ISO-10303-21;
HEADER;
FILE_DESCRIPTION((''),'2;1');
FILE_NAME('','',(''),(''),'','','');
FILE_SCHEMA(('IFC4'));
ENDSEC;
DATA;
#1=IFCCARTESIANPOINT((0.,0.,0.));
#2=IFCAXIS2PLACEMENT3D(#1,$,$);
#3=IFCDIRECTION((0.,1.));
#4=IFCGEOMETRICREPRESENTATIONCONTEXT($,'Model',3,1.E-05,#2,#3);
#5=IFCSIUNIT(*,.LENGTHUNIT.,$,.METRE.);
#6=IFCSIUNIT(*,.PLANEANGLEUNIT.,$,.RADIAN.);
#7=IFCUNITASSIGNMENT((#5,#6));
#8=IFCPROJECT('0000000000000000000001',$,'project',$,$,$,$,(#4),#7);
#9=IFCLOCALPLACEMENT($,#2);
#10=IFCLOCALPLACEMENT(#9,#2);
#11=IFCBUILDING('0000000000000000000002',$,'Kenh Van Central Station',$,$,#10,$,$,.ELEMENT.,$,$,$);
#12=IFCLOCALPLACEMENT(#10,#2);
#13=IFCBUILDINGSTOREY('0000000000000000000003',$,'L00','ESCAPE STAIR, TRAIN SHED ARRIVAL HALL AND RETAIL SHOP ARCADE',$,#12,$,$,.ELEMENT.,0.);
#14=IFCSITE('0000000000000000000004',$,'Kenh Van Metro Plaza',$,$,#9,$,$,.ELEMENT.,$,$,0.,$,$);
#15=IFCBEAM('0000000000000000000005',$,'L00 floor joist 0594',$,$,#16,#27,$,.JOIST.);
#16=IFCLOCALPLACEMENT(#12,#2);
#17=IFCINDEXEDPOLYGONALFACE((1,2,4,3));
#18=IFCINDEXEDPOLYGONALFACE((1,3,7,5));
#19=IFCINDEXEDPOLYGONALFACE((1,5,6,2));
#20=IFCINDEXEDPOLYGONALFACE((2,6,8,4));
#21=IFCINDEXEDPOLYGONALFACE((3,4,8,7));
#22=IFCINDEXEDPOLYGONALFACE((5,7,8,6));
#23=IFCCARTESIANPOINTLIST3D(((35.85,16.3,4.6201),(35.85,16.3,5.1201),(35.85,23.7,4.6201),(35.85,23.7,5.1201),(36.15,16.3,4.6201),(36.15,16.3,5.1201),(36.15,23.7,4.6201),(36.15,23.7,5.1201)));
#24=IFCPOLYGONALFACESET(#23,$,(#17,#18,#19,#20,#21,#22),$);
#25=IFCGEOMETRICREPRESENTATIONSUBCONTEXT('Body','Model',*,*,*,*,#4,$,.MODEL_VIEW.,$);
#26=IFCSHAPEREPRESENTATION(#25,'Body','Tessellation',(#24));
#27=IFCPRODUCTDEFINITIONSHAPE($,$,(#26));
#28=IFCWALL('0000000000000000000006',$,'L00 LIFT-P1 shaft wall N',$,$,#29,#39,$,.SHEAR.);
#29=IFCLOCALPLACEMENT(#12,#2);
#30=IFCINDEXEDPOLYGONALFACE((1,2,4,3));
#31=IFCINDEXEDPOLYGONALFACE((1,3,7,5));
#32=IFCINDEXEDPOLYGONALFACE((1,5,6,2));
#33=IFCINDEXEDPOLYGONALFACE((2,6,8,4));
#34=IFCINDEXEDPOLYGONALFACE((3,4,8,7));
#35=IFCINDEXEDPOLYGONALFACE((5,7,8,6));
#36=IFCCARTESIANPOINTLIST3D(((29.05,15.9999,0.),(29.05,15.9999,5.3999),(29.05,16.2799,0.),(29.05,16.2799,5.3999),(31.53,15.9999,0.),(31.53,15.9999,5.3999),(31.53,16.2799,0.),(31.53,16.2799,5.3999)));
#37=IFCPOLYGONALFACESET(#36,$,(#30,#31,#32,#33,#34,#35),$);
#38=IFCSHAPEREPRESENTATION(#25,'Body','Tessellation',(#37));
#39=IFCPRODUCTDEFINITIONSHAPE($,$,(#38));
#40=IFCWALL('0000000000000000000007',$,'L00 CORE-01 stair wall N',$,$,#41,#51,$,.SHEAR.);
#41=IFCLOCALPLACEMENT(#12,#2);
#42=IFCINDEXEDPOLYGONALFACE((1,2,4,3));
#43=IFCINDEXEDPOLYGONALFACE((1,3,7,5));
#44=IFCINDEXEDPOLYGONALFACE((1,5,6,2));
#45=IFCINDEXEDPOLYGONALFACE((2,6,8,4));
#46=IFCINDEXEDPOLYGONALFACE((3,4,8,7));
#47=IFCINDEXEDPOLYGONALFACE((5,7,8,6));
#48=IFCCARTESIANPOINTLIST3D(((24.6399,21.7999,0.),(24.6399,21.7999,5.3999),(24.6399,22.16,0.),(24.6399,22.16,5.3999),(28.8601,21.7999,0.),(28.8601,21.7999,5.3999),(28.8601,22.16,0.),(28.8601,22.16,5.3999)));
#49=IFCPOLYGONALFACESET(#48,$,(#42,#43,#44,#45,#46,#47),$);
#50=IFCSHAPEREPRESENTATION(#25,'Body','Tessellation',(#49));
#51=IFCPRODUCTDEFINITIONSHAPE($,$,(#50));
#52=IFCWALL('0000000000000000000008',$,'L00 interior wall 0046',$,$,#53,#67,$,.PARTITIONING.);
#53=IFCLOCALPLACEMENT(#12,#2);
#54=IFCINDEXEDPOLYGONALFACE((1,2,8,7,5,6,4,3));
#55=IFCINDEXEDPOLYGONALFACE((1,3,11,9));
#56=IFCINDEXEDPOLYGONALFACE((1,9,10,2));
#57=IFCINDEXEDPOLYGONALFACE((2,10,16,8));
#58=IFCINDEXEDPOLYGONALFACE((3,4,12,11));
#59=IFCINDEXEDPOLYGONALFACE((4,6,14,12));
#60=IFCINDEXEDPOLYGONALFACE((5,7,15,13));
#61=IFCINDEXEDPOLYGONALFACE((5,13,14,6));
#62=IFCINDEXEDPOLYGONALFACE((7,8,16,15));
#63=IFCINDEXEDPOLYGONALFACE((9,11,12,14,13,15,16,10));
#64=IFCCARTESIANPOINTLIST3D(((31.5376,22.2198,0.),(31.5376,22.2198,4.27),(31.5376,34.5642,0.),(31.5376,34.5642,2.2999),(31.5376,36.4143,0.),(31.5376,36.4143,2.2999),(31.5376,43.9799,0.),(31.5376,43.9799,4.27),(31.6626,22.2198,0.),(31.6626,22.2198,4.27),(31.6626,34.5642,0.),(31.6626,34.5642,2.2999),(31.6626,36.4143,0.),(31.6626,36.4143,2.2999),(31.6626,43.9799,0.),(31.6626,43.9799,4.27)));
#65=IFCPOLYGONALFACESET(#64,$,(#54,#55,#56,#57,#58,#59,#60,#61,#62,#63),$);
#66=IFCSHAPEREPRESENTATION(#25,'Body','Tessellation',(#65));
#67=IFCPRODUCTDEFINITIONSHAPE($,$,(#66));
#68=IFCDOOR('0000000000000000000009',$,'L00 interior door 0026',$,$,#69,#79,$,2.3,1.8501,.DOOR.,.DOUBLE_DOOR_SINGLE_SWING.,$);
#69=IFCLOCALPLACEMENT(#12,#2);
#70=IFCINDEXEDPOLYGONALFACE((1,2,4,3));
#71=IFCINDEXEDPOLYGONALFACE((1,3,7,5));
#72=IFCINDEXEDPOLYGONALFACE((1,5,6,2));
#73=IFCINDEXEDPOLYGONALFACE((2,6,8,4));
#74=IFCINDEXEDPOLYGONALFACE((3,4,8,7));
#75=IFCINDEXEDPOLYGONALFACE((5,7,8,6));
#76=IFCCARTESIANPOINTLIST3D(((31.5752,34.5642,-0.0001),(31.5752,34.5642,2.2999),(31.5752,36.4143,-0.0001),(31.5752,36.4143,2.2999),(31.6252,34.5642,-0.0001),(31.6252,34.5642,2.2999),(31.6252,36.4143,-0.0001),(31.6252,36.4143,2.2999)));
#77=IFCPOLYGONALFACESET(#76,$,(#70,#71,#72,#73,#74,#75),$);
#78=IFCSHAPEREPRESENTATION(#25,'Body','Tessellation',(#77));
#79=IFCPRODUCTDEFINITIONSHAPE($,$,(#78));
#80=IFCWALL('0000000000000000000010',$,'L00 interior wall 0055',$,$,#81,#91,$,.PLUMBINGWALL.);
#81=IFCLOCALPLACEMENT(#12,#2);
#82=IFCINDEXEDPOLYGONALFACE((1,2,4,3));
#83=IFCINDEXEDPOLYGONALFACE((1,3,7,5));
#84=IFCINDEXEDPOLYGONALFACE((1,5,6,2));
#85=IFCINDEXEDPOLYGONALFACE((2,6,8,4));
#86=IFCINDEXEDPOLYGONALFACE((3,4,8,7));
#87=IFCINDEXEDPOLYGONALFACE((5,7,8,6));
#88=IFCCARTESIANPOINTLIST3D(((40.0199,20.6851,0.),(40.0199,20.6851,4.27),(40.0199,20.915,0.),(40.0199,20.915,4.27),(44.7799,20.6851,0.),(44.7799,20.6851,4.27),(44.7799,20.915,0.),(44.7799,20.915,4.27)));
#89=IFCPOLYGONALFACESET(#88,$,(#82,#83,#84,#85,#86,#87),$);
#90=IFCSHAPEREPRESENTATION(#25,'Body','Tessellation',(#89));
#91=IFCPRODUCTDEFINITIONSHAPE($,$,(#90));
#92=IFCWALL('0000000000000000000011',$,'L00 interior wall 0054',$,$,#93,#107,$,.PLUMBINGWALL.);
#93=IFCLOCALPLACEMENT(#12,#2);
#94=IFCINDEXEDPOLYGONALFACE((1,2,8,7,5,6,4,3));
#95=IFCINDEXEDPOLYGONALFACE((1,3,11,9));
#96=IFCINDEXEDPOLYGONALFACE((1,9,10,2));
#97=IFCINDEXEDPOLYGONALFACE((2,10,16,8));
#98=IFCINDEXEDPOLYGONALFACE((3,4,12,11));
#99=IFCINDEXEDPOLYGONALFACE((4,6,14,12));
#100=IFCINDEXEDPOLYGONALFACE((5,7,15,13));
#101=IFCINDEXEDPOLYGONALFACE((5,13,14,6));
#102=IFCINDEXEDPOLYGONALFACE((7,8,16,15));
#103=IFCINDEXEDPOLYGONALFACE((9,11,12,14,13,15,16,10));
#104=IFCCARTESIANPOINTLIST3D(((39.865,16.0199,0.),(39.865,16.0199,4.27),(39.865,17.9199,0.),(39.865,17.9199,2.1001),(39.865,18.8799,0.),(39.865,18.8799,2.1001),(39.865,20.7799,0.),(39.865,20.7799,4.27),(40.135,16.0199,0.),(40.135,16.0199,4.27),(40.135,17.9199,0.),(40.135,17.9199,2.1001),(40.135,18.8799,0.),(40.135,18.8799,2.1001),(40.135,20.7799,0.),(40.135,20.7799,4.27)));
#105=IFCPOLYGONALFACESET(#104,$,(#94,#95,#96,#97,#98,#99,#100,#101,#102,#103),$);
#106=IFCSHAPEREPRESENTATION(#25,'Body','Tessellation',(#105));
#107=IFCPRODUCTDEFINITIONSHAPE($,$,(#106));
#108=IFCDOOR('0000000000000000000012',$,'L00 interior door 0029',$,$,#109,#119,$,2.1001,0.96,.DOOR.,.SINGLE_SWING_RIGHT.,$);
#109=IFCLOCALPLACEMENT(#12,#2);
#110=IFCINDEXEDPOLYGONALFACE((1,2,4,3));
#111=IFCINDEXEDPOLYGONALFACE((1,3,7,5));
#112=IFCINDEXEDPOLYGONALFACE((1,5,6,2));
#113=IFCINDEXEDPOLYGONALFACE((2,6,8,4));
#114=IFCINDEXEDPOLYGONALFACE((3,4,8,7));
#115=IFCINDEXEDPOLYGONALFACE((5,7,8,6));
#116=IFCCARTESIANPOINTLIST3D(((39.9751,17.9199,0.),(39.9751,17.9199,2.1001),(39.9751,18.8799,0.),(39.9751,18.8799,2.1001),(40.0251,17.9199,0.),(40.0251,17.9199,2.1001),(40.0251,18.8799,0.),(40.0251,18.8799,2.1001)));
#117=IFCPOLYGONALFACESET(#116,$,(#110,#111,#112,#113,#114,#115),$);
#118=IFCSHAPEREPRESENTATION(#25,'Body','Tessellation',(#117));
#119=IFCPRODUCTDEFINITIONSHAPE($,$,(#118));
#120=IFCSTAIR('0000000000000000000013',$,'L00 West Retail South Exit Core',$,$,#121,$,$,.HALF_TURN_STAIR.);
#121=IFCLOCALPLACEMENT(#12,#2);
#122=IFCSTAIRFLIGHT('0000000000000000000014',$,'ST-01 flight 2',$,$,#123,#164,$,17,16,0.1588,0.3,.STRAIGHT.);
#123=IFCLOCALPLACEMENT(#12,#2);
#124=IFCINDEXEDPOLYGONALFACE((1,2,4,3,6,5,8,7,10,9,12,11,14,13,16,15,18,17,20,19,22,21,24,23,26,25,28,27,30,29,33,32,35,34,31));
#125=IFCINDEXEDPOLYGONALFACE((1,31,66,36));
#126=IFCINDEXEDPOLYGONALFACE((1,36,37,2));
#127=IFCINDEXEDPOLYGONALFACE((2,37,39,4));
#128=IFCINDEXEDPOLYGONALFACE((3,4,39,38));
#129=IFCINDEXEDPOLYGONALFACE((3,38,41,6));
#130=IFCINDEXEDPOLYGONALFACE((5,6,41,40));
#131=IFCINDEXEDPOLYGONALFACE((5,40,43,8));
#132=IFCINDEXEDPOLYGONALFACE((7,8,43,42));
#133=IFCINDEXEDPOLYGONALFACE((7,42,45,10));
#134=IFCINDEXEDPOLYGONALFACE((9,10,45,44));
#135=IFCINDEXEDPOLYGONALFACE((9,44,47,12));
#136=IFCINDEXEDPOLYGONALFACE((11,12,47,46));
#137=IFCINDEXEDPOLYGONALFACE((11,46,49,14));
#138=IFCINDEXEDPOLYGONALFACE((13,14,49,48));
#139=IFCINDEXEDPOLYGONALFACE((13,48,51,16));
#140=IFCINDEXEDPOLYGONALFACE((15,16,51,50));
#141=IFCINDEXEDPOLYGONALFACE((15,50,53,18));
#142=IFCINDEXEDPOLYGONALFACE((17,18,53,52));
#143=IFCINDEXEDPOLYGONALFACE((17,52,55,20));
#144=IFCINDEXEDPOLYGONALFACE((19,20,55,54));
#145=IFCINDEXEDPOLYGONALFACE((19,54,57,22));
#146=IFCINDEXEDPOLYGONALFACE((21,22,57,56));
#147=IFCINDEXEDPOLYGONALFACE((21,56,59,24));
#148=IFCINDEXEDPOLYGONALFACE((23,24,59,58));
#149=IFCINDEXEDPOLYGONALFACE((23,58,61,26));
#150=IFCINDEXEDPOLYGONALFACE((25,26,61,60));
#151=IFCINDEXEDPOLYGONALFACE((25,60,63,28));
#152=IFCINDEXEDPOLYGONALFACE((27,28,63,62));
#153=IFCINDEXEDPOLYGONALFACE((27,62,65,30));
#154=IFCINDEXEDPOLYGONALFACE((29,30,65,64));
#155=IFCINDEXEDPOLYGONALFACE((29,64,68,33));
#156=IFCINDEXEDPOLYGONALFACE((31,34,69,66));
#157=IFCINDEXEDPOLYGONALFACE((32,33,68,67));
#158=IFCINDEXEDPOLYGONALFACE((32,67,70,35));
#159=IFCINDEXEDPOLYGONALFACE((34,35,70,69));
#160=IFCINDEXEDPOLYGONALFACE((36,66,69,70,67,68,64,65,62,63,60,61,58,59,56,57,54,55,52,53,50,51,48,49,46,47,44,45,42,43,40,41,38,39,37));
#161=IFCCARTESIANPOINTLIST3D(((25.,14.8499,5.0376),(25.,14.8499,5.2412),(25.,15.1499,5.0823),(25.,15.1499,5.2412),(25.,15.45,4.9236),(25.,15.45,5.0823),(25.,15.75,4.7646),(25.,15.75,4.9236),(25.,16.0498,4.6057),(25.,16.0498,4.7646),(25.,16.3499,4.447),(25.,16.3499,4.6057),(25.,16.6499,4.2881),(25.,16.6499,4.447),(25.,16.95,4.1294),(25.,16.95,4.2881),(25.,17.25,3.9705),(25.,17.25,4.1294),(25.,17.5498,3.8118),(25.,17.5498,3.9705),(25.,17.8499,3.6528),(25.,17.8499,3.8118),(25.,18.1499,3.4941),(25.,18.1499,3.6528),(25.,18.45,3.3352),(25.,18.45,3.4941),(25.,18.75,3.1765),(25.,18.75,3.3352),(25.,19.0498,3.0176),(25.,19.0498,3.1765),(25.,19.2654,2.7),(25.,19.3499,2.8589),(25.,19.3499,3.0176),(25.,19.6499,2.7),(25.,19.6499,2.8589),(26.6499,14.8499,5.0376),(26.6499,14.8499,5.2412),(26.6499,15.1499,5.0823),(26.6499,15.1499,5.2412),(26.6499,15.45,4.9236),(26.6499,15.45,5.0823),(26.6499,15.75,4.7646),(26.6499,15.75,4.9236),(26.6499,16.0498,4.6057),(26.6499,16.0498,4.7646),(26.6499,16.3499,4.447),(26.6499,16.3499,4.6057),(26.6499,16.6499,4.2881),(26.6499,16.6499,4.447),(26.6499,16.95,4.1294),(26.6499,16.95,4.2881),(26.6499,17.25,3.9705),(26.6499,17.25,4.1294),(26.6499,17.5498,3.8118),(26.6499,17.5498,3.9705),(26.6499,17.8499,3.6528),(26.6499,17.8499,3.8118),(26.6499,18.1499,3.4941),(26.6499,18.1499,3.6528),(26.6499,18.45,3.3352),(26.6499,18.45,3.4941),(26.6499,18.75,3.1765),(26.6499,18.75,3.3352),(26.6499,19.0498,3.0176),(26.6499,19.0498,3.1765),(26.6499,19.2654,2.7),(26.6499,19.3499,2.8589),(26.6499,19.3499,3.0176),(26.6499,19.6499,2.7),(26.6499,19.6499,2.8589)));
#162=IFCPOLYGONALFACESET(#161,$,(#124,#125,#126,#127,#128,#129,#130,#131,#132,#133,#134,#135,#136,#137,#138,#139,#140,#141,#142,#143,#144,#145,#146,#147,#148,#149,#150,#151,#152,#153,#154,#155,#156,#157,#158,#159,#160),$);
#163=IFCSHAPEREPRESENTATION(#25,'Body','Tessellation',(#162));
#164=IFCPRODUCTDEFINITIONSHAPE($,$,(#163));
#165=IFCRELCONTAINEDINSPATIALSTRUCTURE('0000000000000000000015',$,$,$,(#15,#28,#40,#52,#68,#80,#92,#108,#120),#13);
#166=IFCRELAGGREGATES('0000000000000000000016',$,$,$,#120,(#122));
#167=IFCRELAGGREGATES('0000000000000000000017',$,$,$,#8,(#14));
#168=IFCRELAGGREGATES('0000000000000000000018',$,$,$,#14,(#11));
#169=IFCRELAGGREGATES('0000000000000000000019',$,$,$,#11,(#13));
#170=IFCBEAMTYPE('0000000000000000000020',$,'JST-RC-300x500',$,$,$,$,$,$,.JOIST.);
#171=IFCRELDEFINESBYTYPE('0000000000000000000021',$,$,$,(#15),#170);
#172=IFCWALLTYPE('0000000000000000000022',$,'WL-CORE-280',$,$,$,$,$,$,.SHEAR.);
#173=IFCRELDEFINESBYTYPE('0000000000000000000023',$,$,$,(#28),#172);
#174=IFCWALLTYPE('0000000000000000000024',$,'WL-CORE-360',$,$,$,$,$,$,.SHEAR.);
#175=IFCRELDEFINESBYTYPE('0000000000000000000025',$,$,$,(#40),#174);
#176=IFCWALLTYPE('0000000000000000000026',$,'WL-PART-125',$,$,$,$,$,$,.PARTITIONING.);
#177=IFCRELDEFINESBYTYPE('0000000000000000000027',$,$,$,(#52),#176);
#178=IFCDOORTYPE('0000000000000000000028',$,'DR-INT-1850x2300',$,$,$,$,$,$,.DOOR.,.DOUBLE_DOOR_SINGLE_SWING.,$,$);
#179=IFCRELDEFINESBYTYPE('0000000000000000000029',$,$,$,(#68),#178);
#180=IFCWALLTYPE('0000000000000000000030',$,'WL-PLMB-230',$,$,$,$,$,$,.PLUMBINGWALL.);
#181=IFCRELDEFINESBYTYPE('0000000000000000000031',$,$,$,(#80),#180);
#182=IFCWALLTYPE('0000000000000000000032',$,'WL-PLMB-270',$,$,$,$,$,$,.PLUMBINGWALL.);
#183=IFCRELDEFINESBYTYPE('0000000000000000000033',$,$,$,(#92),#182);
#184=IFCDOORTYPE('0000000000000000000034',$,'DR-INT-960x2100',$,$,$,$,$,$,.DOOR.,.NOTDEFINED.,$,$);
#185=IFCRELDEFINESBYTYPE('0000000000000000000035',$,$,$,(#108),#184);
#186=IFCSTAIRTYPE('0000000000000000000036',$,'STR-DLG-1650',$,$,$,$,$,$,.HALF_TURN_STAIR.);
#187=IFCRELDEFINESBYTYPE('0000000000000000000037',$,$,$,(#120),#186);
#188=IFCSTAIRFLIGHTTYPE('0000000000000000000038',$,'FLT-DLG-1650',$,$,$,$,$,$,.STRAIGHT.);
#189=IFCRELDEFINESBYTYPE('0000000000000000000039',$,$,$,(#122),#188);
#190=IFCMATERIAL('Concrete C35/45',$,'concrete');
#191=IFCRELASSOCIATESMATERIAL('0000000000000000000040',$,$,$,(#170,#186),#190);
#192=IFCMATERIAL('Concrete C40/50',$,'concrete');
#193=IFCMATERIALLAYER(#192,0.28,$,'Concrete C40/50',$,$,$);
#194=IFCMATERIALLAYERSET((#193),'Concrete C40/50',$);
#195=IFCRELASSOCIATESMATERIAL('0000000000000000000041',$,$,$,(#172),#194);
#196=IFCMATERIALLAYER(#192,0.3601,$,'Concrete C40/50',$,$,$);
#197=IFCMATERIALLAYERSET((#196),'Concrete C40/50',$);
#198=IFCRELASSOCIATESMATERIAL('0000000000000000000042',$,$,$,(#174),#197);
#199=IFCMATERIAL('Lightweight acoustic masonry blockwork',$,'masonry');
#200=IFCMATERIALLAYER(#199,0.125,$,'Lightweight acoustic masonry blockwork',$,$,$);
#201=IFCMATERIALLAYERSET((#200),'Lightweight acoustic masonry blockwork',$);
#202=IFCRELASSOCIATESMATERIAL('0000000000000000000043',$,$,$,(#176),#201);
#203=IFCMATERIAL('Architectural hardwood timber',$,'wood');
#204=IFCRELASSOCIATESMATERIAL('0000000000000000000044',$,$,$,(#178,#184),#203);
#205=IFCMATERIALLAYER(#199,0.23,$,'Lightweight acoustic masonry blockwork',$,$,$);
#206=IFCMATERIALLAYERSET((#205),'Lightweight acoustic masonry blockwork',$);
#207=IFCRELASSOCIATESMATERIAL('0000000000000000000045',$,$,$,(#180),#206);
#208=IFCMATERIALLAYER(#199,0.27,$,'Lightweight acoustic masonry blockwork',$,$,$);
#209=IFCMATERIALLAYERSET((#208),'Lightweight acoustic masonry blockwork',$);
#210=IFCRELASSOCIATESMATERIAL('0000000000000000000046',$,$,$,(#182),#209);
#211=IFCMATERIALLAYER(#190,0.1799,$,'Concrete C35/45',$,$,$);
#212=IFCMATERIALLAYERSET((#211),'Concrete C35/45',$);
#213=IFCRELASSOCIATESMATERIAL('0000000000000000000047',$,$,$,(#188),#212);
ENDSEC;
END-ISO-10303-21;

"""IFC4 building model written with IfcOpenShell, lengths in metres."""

from ifc_helpers import new_model, si_unit, direction, frame, frame_2d, origin, origin_2d, place, context, subcontext, project, spatial, polyline, rectangle, outline, extrude, material, layer, layer_set, material_profile, profile_set, type_object, element, fill, aggregate, save


model = new_model("IFC4")

# Units and contexts
model_context = context("Model", 3, precision=1e-05, world=origin(), true_north=direction((0.0, 1.0)))
body_context = subcontext(model_context, "Body", "Model", "MODEL_VIEW")
ifc_project = project(units=[si_unit("LENGTHUNIT", "METRE"), si_unit("PLANEANGLEUNIT", "RADIAN")], contexts=[model_context])

# Site, building, storey
site_placement = place(None, origin())
site = spatial("IfcSite", under=ifc_project, at=site_placement, Name="Kenh Van Metro Plaza", CompositionType="ELEMENT", RefElevation=0.0)
building_placement = place(site_placement, origin())
building = spatial("IfcBuilding", under=site, at=building_placement, Name="Kenh Van Central Station", CompositionType="ELEMENT")
storey_placement = place(building_placement, origin())
storey = spatial("IfcBuildingStorey", under=building, at=storey_placement, Name="L00", Description="ESCAPE STAIR, TRAIN SHED ARRIVAL HALL AND RETAIL SHOP ARCADE", CompositionType="ELEMENT", Elevation=0.0)

# Shared definitions
ifc_material_1 = material(Name="Concrete C40/50", Category="concrete")

# Beam
ifc_material_2 = material(Name="Concrete C35/45", Category="concrete")
ifc_material_profile_1 = material_profile(ifc_material_2, rectangle(XDim=0.3, YDim=0.5, at=origin_2d()), Name="RC 300x500")
ifc_profile_set_1 = profile_set([ifc_material_profile_1], Name="Concrete C35/45")
beam_type_1 = type_object("IfcBeamType", Name="JST-RC-300x500", PredefinedType="JOIST", material=ifc_profile_set_1)
for number, where, z_axis, x_axis, name in (
    (1, (36.0, 16.3, 4.8701), (0.0, 1.0, 0.0), (-1.0, 0.0, 0.0), "L00 floor joist 0594"),
):
    element("IfcBeam", number, at=place(storey_placement, frame(where, z_axis=z_axis, x_axis=x_axis)), inside=storey, type_object=beam_type_1, Name=name, PredefinedType="JOIST", context=body_context, shape_type="SweptSolid", body=[
        extrude(rectangle(XDim=0.3, YDim=0.5, at=origin_2d()), origin(), (0.0, 0.0, 1.0), 7.3999),
    ])

# Walls
ifc_layer_1 = layer(ifc_material_1, 0.28, Name="Concrete C40/50")
ifc_layer_set_1 = layer_set([ifc_layer_1], Name="Concrete C40/50")
wall_type_1 = type_object("IfcWallType", Name="WL-CORE-280", PredefinedType="SHEAR", material=ifc_layer_set_1)
wall_1_placement = place(storey_placement, frame((29.05, 16.1399, 0.0), z_axis=(0.0, 0.0, 1.0), x_axis=(1.0, 0.0, 0.0)))
element("IfcWall", 2, at=wall_1_placement, inside=storey, type_object=wall_type_1, Name="L00 LIFT-P1 shaft wall N", PredefinedType="SHEAR", context=body_context, shape_type="SweptSolid", body=[
    extrude(rectangle(XDim=2.48, YDim=0.28, at=frame_2d((1.24, 0.0))), origin(), (0.0, 0.0, 1.0), 5.3999),
])
ifc_layer_2 = layer(ifc_material_1, 0.3601, Name="Concrete C40/50")
ifc_layer_set_2 = layer_set([ifc_layer_2], Name="Concrete C40/50")
wall_type_2 = type_object("IfcWallType", Name="WL-CORE-360", PredefinedType="SHEAR", material=ifc_layer_set_2)
wall_2_placement = place(storey_placement, frame((24.6399, 21.98, 0.0), z_axis=(0.0, 0.0, 1.0), x_axis=(1.0, 0.0, 0.0)))
element("IfcWall", 3, at=wall_2_placement, inside=storey, type_object=wall_type_2, Name="L00 CORE-01 stair wall N", PredefinedType="SHEAR", context=body_context, shape_type="SweptSolid", body=[
    extrude(rectangle(XDim=4.2202, YDim=0.3601, at=frame_2d((2.1101, 0.0))), origin(), (0.0, 0.0, 1.0), 5.3999),
])

# Wall, opening, door
ifc_material_3 = material(Name="Lightweight acoustic masonry blockwork", Category="masonry")
ifc_layer_3 = layer(ifc_material_3, 0.125, Name="Lightweight acoustic masonry blockwork")
ifc_layer_set_3 = layer_set([ifc_layer_3], Name="Lightweight acoustic masonry blockwork")
wall_type_3 = type_object("IfcWallType", Name="WL-PART-125", PredefinedType="PARTITIONING", material=ifc_layer_set_3)
wall_3_placement = place(storey_placement, frame((31.6001, 22.22, 0.0), z_axis=(0.0, 0.0, 1.0), x_axis=(0.0, 1.0, 0.0)))
wall_3 = element("IfcWall", 4, at=wall_3_placement, inside=storey, type_object=wall_type_3, Name="L00 interior wall 0046", PredefinedType="PARTITIONING", context=body_context, shape_type="SweptSolid", body=[
    extrude(rectangle(XDim=21.76, YDim=0.125, at=frame_2d((10.8799, 0.0))), origin(), (0.0, 0.0, 1.0), 4.27),
])
opening_1_placement = place(wall_3_placement, frame((12.3442, 0.0, 0.0)))
opening_1 = element("IfcOpeningElement", 5, at=opening_1_placement, cuts=wall_3, PredefinedType="OPENING", context=body_context, shape_type="SweptSolid", body=[
    extrude(rectangle(XDim=1.8501, YDim=2.3, at=frame_2d((0.925, 1.1499))), frame((0.0, 0.0725, 0.0), z_axis=(0.0, -1.0, 0.0), x_axis=(1.0, 0.0, 0.0)), (0.0, 0.0, 1.0), 0.145),
])
ifc_material_4 = material(Name="Architectural hardwood timber", Category="wood")
door_type_1 = type_object("IfcDoorType", Name="DR-INT-1850x2300", OperationType="DOUBLE_DOOR_SINGLE_SWING", PredefinedType="DOOR", material=ifc_material_4)
door_1_placement = place(opening_1_placement, origin())
door_1 = element("IfcDoor", 6, at=door_1_placement, inside=storey, type_object=door_type_1, Name="L00 interior door 0026", OperationType="DOUBLE_DOOR_SINGLE_SWING", OverallHeight=2.3, OverallWidth=1.8501, PredefinedType="DOOR", context=body_context, shape_type="SweptSolid", body=[
    extrude(rectangle(XDim=1.8501, YDim=2.3, at=frame_2d((0.925, 1.1499))), frame((0.0, 0.0249, 0.0), z_axis=(0.0, -1.0, 0.0), x_axis=(1.0, 0.0, 0.0)), (0.0, 0.0, 1.0), 0.05),
])
fill(opening_1, door_1)

# Wall
ifc_layer_4 = layer(ifc_material_3, 0.23, Name="Lightweight acoustic masonry blockwork")
ifc_layer_set_4 = layer_set([ifc_layer_4], Name="Lightweight acoustic masonry blockwork")
wall_type_4 = type_object("IfcWallType", Name="WL-PLMB-230", PredefinedType="PLUMBINGWALL", material=ifc_layer_set_4)
wall_4_placement = place(storey_placement, frame((40.02, 20.8, 0.0), z_axis=(0.0, 0.0, 1.0), x_axis=(1.0, 0.0, 0.0)))
element("IfcWall", 7, at=wall_4_placement, inside=storey, type_object=wall_type_4, Name="L00 interior wall 0055", PredefinedType="PLUMBINGWALL", context=body_context, shape_type="SweptSolid", body=[
    extrude(rectangle(XDim=4.76, YDim=0.23, at=frame_2d((2.3799, 0.0))), origin(), (0.0, 0.0, 1.0), 4.27),
])

# Wall, opening, door
ifc_layer_5 = layer(ifc_material_3, 0.27, Name="Lightweight acoustic masonry blockwork")
ifc_layer_set_5 = layer_set([ifc_layer_5], Name="Lightweight acoustic masonry blockwork")
wall_type_5 = type_object("IfcWallType", Name="WL-PLMB-270", PredefinedType="PLUMBINGWALL", material=ifc_layer_set_5)
wall_5_placement = place(storey_placement, frame((40.0, 16.02, 0.0), z_axis=(0.0, 0.0, 1.0), x_axis=(0.0, 1.0, 0.0)))
wall_5 = element("IfcWall", 8, at=wall_5_placement, inside=storey, type_object=wall_type_5, Name="L00 interior wall 0054", PredefinedType="PLUMBINGWALL", context=body_context, shape_type="SweptSolid", body=[
    extrude(rectangle(XDim=4.76, YDim=0.27, at=frame_2d((2.3799, 0.0))), origin(), (0.0, 0.0, 1.0), 4.27),
])
opening_2_placement = place(wall_5_placement, frame((1.8999, 0.0, 0.0)))
opening_2 = element("IfcOpeningElement", 9, at=opening_2_placement, cuts=wall_5, PredefinedType="OPENING", context=body_context, shape_type="SweptSolid", body=[
    extrude(rectangle(XDim=0.96, YDim=2.1001, at=frame_2d((0.48, 1.05))), frame((0.0, 0.145, 0.0), z_axis=(0.0, -1.0, 0.0), x_axis=(1.0, 0.0, 0.0)), (0.0, 0.0, 1.0), 0.29),
])
door_type_2 = type_object("IfcDoorType", Name="DR-INT-960x2100", OperationType="NOTDEFINED", PredefinedType="DOOR", material=ifc_material_4)
door_2_placement = place(opening_2_placement, origin())
door_2 = element("IfcDoor", 10, at=door_2_placement, inside=storey, type_object=door_type_2, Name="L00 interior door 0029", OperationType="SINGLE_SWING_RIGHT", OverallHeight=2.1001, OverallWidth=0.96, PredefinedType="DOOR", context=body_context, shape_type="SweptSolid", body=[
    extrude(rectangle(XDim=0.96, YDim=2.1001, at=frame_2d((0.48, 1.05))), frame((0.0, 0.0249, 0.0), z_axis=(0.0, -1.0, 0.0), x_axis=(1.0, 0.0, 0.0)), (0.0, 0.0, 1.0), 0.05),
])
fill(opening_2, door_2)

# Stair, stair flight
stair_type = type_object("IfcStairType", Name="STR-DLG-1650", PredefinedType="HALF_TURN_STAIR", material=ifc_material_2)
stair_placement = place(storey_placement, origin())
stair = element("IfcStair", 11, at=stair_placement, inside=storey, type_object=stair_type, Name="L00 West Retail South Exit Core", PredefinedType="HALF_TURN_STAIR")
ifc_layer_6 = layer(ifc_material_2, 0.1799, Name="Concrete C35/45")
ifc_layer_set_6 = layer_set([ifc_layer_6], Name="Concrete C35/45")
stair_flight_type = type_object("IfcStairFlightType", Name="FLT-DLG-1650", PredefinedType="STRAIGHT", material=ifc_layer_set_6)
stair_flight_placement = place(storey_placement, frame((25.825, 19.6499, 2.7), z_axis=(0.0, 0.0, 1.0), x_axis=(0.0, -1.0, 0.0)))
stair_flight = element("IfcStairFlight", 12, at=stair_flight_placement, type_object=stair_flight_type, Name="ST-01 flight 2", NumberOfRisers=17, NumberOfTreads=16, PredefinedType="STRAIGHT", RiserHeight=0.1588, TreadLength=0.3, context=body_context, shape_type="SweptSolid", body=[
    extrude(outline(polyline([(0.0, 0.0), (0.0, 0.1589), (0.3, 0.1589), (0.3, 0.3176), (0.6001, 0.3176), (0.6001, 0.4766), (0.8999, 0.4766), (0.8999, 0.6353), (1.2, 0.6353), (1.2, 0.7942), (1.5, 0.7942), (1.5, 0.9529), (1.8, 0.9529), (1.8, 1.1118), (2.1001, 1.1118), (2.1001, 1.2705), (2.3999, 1.2705), (2.3999, 1.4294), (2.7, 1.4294), (2.7, 1.5881), (3.0, 1.5881), (3.0, 1.7471), (3.3, 1.7471), (3.3, 1.9058), (3.6001, 1.9058), (3.6001, 2.0647), (3.8999, 2.0647), (3.8999, 2.2236), (4.2, 2.2236), (4.2, 2.3823), (4.5, 2.3823), (4.5, 2.5413), (4.8, 2.5413), (4.8, 2.7), (4.8, 2.3376), (0.3845, 0.0), (0.0, 0.0)])), frame((0.0, 0.825, 0.0), z_axis=(0.0, -1.0, 0.0), x_axis=(1.0, 0.0, 0.0)), (0.0, 0.0, 1.0), 1.6499),
])
aggregate(stair, [stair_flight])

save(model, "model.ifc")
